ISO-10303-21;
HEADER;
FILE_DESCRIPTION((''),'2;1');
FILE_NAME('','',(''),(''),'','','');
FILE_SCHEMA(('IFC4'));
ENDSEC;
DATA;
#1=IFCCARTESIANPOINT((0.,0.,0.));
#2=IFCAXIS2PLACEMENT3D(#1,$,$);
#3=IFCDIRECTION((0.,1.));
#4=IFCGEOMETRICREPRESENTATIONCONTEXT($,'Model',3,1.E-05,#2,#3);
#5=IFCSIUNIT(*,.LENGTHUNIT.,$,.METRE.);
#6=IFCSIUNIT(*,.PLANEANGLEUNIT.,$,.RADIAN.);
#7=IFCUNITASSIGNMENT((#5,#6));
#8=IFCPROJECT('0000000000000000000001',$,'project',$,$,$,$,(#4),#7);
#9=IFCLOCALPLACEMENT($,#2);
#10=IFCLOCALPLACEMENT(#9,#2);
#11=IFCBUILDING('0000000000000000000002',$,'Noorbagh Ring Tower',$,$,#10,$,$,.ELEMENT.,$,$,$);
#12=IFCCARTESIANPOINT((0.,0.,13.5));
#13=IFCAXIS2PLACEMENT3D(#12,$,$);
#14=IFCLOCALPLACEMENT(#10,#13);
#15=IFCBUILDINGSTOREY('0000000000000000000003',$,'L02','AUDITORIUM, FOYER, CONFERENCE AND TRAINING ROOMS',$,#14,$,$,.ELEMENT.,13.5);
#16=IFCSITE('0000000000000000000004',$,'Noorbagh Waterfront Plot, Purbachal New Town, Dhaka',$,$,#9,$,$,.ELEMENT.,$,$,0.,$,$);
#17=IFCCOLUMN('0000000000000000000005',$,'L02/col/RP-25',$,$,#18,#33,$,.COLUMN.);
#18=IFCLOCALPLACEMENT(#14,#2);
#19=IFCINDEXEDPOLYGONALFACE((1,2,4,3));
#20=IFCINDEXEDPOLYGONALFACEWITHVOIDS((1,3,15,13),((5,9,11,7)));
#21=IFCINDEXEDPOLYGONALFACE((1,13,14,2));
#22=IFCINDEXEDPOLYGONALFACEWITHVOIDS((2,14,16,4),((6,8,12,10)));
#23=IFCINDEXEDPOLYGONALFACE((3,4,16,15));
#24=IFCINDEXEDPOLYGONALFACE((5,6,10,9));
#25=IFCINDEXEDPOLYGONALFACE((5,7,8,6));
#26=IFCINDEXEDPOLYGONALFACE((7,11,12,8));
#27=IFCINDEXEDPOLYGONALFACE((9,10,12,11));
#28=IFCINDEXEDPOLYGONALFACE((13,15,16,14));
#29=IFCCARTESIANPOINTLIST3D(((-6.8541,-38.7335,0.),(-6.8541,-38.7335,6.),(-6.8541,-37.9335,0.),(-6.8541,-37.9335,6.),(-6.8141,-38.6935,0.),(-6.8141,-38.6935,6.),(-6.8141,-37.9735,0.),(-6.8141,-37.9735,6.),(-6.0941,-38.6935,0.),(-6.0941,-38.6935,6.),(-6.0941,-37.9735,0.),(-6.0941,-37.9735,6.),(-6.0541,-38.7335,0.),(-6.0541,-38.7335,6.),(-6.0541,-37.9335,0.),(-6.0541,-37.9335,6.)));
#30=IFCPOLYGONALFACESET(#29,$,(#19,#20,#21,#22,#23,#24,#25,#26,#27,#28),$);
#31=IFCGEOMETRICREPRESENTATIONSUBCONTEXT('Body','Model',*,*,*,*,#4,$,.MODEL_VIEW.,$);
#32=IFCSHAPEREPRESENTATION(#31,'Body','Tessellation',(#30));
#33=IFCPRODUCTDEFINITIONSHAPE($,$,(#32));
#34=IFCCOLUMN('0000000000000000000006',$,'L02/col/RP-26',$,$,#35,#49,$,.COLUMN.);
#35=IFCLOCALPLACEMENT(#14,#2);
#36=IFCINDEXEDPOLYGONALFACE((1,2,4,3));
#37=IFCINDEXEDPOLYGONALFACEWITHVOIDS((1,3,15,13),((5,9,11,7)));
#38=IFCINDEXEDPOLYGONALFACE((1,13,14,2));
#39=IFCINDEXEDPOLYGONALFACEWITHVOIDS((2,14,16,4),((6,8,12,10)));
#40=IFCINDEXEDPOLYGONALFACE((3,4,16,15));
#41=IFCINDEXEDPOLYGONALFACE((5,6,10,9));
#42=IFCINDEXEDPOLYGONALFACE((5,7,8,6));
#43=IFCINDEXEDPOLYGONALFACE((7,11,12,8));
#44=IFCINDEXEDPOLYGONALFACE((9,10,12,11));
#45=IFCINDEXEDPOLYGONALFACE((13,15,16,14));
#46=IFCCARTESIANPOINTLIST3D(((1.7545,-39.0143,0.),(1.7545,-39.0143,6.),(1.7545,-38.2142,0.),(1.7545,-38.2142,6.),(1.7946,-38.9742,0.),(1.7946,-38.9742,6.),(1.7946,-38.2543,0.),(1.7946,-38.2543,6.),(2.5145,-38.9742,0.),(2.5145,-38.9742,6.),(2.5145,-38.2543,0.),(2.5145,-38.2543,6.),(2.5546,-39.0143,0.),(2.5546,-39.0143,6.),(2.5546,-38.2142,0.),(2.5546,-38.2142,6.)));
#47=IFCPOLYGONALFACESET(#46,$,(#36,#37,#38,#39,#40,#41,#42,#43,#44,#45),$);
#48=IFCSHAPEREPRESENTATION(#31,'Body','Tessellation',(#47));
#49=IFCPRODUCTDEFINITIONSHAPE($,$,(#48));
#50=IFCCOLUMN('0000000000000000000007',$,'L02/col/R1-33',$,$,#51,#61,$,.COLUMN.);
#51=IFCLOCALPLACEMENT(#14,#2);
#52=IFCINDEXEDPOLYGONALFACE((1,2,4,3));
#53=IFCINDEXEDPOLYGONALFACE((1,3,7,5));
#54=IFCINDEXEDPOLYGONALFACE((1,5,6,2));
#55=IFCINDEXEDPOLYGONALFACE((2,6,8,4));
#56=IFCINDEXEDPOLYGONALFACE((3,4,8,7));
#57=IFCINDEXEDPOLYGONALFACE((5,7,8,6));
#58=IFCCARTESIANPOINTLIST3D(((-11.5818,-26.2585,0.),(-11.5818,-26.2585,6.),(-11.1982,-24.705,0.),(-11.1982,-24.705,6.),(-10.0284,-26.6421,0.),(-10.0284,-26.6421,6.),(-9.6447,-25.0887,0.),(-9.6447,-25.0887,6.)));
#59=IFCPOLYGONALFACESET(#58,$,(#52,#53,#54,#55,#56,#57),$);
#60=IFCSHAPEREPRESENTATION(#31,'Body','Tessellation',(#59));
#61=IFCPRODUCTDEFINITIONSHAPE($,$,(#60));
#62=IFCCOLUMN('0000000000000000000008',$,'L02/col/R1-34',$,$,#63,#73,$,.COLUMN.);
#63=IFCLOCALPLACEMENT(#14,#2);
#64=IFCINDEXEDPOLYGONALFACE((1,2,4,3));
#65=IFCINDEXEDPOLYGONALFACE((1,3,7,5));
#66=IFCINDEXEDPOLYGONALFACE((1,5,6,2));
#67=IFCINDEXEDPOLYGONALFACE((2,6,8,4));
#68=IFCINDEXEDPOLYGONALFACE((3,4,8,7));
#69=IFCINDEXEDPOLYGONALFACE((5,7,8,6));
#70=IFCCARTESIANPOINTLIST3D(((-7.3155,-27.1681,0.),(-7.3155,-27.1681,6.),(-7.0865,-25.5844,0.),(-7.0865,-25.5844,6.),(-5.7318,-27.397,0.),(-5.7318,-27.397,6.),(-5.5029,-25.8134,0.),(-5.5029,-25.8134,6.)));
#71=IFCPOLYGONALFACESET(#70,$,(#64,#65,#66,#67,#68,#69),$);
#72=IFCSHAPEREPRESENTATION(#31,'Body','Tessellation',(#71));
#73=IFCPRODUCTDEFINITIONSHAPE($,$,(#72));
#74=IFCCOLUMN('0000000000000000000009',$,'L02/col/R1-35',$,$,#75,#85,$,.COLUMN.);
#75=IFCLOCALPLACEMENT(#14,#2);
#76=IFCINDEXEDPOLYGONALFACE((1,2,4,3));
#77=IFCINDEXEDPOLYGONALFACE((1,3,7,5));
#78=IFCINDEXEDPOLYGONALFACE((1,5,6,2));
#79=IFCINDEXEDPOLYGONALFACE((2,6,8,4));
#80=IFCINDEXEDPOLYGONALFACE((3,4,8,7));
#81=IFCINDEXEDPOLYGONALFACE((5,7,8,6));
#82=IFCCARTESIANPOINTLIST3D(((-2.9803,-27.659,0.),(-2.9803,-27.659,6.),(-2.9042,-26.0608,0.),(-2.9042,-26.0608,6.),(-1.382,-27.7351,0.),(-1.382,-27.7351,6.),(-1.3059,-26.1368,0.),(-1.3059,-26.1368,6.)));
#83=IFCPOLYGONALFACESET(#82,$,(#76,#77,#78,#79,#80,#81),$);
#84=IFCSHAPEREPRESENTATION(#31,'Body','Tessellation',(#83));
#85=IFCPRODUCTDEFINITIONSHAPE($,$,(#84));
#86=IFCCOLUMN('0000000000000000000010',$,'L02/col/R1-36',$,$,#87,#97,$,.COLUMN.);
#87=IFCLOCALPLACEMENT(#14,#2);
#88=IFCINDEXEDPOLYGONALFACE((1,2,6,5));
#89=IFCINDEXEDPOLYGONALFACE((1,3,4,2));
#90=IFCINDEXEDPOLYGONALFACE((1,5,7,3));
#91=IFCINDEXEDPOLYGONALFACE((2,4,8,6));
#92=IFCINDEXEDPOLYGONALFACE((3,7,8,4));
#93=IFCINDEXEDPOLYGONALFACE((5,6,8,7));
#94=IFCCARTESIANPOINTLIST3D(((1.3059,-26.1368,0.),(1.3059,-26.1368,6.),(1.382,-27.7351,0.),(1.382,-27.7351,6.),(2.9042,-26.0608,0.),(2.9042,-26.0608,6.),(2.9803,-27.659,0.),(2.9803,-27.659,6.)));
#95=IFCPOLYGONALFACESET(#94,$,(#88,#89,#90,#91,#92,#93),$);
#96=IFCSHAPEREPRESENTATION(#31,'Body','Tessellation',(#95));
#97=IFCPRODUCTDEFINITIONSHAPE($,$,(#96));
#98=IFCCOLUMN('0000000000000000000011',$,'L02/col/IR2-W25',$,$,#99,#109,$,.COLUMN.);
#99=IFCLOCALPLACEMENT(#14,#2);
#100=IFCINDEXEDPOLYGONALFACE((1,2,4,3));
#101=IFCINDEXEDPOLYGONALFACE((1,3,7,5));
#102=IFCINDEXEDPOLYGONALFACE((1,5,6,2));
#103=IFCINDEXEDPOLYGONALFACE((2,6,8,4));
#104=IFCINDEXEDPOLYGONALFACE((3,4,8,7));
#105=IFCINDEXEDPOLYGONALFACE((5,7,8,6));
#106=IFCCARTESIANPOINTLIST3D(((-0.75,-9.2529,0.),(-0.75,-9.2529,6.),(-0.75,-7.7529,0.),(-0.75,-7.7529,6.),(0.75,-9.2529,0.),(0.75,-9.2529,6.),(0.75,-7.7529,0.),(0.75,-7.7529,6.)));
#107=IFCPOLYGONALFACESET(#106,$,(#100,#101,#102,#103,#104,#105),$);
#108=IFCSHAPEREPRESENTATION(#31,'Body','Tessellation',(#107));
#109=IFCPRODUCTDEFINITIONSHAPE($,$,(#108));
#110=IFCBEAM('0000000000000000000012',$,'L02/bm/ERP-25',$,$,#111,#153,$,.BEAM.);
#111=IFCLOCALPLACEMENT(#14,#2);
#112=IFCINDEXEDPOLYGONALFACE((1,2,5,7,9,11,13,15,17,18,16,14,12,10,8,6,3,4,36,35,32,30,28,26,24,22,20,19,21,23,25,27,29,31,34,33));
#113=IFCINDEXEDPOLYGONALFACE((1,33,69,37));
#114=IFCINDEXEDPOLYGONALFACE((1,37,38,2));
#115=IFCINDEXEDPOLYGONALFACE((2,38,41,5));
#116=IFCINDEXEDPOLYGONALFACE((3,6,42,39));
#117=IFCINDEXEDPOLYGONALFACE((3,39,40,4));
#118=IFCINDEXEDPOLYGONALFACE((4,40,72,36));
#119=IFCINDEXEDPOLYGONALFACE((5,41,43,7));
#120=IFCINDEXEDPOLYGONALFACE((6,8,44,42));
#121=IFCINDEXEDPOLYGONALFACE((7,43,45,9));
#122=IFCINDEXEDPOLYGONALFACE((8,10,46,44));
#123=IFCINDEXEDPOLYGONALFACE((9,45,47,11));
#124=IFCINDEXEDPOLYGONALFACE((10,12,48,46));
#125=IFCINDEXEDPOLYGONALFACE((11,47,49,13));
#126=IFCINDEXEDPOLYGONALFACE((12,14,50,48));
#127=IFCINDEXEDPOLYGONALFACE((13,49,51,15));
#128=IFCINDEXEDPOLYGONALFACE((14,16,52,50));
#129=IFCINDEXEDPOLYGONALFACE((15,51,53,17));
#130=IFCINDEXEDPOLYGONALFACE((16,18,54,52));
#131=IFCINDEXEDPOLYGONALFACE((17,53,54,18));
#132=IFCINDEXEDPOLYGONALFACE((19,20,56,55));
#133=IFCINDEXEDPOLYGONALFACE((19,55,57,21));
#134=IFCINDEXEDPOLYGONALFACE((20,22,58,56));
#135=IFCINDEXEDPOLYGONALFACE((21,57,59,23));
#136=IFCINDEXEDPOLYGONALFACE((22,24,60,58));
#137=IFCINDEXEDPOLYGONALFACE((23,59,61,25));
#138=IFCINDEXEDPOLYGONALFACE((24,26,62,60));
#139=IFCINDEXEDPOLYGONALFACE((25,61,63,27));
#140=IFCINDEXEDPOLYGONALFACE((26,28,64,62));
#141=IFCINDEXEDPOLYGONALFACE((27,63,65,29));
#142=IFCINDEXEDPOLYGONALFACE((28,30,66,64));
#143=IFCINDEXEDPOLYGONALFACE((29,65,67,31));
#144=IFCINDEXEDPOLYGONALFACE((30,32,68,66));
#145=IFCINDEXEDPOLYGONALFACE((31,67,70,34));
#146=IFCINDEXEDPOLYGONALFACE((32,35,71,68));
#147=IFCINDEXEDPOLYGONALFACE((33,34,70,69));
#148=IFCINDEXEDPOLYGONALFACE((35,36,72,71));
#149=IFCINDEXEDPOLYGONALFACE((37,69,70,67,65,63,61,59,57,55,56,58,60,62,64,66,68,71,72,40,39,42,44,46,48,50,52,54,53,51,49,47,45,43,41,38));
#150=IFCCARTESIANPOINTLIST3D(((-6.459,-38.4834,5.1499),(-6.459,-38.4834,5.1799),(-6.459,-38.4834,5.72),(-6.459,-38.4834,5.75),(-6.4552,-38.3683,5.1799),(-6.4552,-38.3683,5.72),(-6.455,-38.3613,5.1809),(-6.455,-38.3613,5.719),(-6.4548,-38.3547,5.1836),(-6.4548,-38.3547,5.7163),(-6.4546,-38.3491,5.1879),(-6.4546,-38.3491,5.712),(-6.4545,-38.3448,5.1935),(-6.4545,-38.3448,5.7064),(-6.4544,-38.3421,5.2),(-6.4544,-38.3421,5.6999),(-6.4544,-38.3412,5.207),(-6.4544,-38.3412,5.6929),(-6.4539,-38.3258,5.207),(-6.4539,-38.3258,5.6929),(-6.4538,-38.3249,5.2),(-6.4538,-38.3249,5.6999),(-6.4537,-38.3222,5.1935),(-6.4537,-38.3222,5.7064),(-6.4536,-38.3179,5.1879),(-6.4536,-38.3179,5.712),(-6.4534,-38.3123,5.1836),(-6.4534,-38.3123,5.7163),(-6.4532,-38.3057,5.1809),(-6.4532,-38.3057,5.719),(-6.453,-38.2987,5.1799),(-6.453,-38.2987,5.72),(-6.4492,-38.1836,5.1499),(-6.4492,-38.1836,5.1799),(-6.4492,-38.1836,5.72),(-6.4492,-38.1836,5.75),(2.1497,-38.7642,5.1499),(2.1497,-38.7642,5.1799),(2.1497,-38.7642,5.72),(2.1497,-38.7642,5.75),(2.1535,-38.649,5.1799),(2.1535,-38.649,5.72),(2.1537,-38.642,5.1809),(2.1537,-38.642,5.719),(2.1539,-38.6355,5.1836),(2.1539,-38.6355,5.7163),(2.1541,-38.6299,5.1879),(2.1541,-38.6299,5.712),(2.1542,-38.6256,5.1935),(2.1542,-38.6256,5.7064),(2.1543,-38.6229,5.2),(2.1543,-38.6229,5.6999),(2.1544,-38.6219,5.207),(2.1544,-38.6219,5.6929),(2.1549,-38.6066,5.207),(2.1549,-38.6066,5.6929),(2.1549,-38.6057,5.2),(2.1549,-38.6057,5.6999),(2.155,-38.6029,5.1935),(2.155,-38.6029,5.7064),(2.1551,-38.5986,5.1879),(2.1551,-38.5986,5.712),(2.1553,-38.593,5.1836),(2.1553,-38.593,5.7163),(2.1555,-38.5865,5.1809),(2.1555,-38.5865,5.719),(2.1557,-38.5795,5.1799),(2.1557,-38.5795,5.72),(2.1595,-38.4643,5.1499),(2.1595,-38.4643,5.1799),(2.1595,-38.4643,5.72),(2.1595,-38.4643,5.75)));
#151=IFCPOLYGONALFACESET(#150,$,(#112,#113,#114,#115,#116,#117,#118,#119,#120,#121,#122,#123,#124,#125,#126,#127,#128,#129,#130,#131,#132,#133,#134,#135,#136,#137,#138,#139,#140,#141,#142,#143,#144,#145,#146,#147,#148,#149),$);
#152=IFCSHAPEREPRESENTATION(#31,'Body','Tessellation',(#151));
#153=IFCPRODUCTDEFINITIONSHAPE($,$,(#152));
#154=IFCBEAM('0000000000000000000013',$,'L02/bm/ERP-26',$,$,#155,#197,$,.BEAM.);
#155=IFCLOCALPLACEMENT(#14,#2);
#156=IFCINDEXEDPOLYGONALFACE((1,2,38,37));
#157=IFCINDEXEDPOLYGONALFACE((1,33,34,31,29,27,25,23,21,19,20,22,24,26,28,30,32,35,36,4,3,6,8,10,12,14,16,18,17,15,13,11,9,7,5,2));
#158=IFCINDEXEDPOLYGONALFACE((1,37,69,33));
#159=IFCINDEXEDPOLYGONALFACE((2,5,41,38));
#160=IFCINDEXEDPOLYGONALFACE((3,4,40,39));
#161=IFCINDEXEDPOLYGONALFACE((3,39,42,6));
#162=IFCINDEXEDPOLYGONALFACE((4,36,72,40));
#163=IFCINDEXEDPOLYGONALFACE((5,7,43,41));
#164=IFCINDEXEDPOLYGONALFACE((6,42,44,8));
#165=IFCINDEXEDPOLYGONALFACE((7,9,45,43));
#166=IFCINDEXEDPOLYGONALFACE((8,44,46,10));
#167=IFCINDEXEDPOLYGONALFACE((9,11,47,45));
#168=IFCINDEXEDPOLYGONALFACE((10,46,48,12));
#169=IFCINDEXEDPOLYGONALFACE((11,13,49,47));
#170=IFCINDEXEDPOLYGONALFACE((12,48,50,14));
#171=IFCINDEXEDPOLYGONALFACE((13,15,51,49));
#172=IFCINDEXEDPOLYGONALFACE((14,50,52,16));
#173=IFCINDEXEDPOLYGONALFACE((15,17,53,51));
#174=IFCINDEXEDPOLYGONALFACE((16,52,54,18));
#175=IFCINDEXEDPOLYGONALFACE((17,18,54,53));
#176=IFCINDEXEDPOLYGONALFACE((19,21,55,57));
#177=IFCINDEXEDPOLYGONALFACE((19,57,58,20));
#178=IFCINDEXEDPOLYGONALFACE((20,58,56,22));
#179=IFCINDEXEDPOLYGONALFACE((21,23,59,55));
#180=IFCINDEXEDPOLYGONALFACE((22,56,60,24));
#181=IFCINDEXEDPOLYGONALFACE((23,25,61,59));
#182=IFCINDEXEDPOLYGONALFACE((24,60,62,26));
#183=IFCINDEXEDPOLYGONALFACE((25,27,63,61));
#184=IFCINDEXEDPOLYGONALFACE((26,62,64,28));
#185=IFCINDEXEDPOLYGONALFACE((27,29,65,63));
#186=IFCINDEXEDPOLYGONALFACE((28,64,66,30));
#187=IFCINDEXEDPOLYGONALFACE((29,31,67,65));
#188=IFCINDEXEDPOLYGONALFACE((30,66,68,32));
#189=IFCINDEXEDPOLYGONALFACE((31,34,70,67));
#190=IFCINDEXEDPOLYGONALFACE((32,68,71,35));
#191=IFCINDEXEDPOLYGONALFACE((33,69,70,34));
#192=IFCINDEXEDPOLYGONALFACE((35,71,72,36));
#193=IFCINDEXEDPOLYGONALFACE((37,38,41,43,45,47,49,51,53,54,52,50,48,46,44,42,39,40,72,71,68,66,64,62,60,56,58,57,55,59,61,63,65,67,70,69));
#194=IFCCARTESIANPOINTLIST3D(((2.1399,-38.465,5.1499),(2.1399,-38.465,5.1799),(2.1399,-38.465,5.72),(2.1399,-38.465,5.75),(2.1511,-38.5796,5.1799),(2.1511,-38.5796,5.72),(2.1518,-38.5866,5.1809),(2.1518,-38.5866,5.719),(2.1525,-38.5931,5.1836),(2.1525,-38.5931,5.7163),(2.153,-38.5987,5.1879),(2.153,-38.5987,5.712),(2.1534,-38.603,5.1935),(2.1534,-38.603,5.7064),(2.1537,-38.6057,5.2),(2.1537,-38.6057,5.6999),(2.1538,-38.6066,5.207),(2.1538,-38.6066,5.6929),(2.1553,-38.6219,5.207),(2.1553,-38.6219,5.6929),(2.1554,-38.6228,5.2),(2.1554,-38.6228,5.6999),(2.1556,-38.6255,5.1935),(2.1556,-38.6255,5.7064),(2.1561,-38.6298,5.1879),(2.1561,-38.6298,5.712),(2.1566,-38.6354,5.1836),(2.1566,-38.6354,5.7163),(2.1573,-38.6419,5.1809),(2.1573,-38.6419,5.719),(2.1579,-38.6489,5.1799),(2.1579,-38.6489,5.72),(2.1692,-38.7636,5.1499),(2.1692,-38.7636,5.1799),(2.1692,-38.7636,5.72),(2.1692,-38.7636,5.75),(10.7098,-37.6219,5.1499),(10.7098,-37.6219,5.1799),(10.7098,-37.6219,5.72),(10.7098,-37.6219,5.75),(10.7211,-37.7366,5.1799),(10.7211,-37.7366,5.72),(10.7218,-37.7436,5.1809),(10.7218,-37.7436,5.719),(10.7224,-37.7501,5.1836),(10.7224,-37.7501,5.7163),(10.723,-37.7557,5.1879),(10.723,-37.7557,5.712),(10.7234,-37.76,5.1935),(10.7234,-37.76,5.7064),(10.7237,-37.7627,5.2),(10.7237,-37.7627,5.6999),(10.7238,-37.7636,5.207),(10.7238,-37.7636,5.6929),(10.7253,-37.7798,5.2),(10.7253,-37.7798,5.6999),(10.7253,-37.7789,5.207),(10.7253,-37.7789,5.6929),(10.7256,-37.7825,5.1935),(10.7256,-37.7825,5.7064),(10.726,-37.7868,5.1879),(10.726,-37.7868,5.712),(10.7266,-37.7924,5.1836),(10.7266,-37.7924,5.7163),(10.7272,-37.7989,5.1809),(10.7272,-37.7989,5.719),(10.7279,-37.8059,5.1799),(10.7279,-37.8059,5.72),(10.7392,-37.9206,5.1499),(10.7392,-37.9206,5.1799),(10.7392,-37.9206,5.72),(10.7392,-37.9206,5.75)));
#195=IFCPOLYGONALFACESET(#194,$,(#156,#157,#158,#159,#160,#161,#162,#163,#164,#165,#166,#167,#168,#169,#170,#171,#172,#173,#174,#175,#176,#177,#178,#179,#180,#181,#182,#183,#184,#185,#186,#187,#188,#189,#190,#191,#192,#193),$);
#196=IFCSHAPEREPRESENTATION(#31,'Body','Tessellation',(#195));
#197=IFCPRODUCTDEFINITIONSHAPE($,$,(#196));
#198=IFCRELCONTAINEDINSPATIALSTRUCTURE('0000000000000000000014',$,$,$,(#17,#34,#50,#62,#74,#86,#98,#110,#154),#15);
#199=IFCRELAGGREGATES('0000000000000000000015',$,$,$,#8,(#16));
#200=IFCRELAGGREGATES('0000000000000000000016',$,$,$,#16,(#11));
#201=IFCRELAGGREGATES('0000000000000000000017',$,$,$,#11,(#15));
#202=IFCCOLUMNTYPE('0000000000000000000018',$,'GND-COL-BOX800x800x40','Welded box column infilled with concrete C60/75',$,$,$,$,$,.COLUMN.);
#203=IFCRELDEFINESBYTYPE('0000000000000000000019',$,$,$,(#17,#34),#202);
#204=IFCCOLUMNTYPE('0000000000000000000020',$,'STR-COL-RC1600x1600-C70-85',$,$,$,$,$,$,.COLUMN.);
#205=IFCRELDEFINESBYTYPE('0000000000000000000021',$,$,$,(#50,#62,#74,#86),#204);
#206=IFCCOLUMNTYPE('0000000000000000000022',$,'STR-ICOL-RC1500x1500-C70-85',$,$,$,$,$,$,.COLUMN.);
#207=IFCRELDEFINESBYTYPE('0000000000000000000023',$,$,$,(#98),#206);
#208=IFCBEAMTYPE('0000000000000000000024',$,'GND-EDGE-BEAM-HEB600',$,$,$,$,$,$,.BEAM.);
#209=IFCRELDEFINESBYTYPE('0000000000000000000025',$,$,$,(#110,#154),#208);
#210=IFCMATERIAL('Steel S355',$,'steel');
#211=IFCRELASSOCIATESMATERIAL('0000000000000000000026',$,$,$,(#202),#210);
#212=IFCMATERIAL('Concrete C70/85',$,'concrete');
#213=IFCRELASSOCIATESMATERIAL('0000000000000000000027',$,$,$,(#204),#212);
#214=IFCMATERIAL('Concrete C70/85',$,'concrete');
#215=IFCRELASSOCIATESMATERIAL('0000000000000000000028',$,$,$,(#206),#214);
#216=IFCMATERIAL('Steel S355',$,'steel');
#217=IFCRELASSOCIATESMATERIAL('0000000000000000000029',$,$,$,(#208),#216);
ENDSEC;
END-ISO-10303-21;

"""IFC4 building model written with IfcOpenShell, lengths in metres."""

from ifc_helpers import new_model, si_unit, direction, frame, origin, origin_2d, place, context, subcontext, project, spatial, rectangle, hollow_rectangle, i_section, extrude, material, material_profile, profile_set, type_object, element, save


model = new_model("IFC4")

# Units and contexts
model_context = context("Model", 3, precision=1e-05, world=origin(), true_north=direction((0.0, 1.0)))
body_context = subcontext(model_context, "Body", "Model", "MODEL_VIEW")
ifc_project = project(units=[si_unit("LENGTHUNIT", "METRE"), si_unit("PLANEANGLEUNIT", "RADIAN")], contexts=[model_context])

# Site, building, storey
site_placement = place(None, origin())
site = spatial("IfcSite", under=ifc_project, at=site_placement, Name="Noorbagh Waterfront Plot, Purbachal New Town, Dhaka", CompositionType="ELEMENT", RefElevation=0.0)
building_placement = place(site_placement, origin())
building = spatial("IfcBuilding", under=site, at=building_placement, Name="Noorbagh Ring Tower", CompositionType="ELEMENT")
storey_placement = place(building_placement, frame((0.0, 0.0, 13.5)))
storey = spatial("IfcBuildingStorey", under=building, at=storey_placement, Name="L02", Description="AUDITORIUM, FOYER, CONFERENCE AND TRAINING ROOMS", CompositionType="ELEMENT", Elevation=13.5)

# Columns
ifc_material_1 = material(Name="Steel S355", Category="steel")
ifc_material_profile_1 = material_profile(ifc_material_1, hollow_rectangle(XDim=0.8, YDim=0.8, WallThickness=0.04, at=origin_2d()), Name="BOX800x800x40")
ifc_profile_set_1 = profile_set([ifc_material_profile_1], Name="Steel S355")
column_type_1 = type_object("IfcColumnType", Name="GND-COL-BOX800x800x40", Description="Welded box column infilled with concrete C60/75", PredefinedType="COLUMN", material=ifc_profile_set_1)
for number, where, z_axis, x_axis, name in (
    (1, (-6.4541, -38.3335, 0.0), (0.0, 0.0, 1.0), (1.0, 0.0, 0.0), "L02/col/RP-25"),
    (2, (2.1545, -38.6143, 0.0), (0.0, 0.0, 1.0), (1.0, 0.0, 0.0), "L02/col/RP-26"),
):
    element("IfcColumn", number, at=place(storey_placement, frame(where, z_axis=z_axis, x_axis=x_axis)), inside=storey, type_object=column_type_1, Name=name, PredefinedType="COLUMN", context=body_context, shape_type="SweptSolid", body=[
        extrude(hollow_rectangle(XDim=0.8, YDim=0.8, WallThickness=0.04, at=origin_2d()), origin(), (0.0, 0.0, 1.0), 6.0),
    ])
ifc_material_2 = material(Name="Concrete C70/85", Category="concrete")
ifc_material_profile_2 = material_profile(ifc_material_2, rectangle(XDim=1.6001, YDim=1.6001, at=origin_2d()), Name="RC1600x1600")
ifc_profile_set_2 = profile_set([ifc_material_profile_2], Name="Concrete C70/85")
column_type_2 = type_object("IfcColumnType", Name="STR-COL-RC1600x1600-C70-85", PredefinedType="COLUMN", material=ifc_profile_set_2)
for number, where, z_axis, x_axis, name in (
    (3, (-10.6133, -25.6736, 0.0), (0.0, 0.0, 1.0), (0.970829, -0.239771, 0.0), "L02/col/R1-33"),
    (4, (-6.4092, -26.4907, 0.0), (0.0, 0.0, 1.0), (0.989713, -0.143066, 0.0), "L02/col/R1-34"),
    (5, (-2.1431, -26.8979, 0.0), (0.0, 0.0, 1.0), (0.998869, -0.047553, 0.0), "L02/col/R1-35"),
    (6, (2.1431, -26.8979, 0.0), (0.0, 0.0, 1.0), (0.998869, 0.047553, 0.0), "L02/col/R1-36"),
):
    element("IfcColumn", number, at=place(storey_placement, frame(where, z_axis=z_axis, x_axis=x_axis)), inside=storey, type_object=column_type_2, Name=name, PredefinedType="COLUMN", context=body_context, shape_type="SweptSolid", body=[
        extrude(rectangle(XDim=1.6001, YDim=1.6001, at=origin_2d()), origin(), (0.0, 0.0, 1.0), 6.0),
    ])
ifc_material_3 = material(Name="Concrete C70/85", Category="concrete")
ifc_material_profile_3 = material_profile(ifc_material_3, rectangle(XDim=1.5, YDim=1.5, at=origin_2d()), Name="RC1500x1500")
ifc_profile_set_3 = profile_set([ifc_material_profile_3], Name="Concrete C70/85")
column_type_3 = type_object("IfcColumnType", Name="STR-ICOL-RC1500x1500-C70-85", PredefinedType="COLUMN", material=ifc_profile_set_3)
column_placement = place(storey_placement, frame((0.0, -8.5029, 0.0), z_axis=(0.0, 0.0, 1.0), x_axis=(1.0, 0.0, 0.0)))
element("IfcColumn", 7, at=column_placement, inside=storey, type_object=column_type_3, Name="L02/col/IR2-W25", PredefinedType="COLUMN", context=body_context, shape_type="SweptSolid", body=[
    extrude(rectangle(XDim=1.5, YDim=1.5, at=origin_2d()), origin(), (0.0, 0.0, 1.0), 6.0),
])

# Beams
ifc_material_4 = material(Name="Steel S355", Category="steel")
ifc_material_profile_4 = material_profile(ifc_material_4, i_section(OverallWidth=0.3, OverallDepth=0.6001, WebThickness=0.0154, FlangeThickness=0.03, FilletRadius=0.0271, at=origin_2d()), Name="HEB600")
ifc_profile_set_4 = profile_set([ifc_material_profile_4], Name="Steel S355")
beam_type_1 = type_object("IfcBeamType", Name="GND-EDGE-BEAM-HEB600", PredefinedType="BEAM", material=ifc_profile_set_4)
beam_1_placement = place(storey_placement, frame((-6.4541, -38.3335, 5.45), z_axis=(0.999469, -0.032597, 0.0), x_axis=(0.032597, 0.999469, 0.0)))
element("IfcBeam", 8, at=beam_1_placement, inside=storey, type_object=beam_type_1, Name="L02/bm/ERP-25", PredefinedType="BEAM", context=body_context, shape_type="SweptSolid", body=[
    extrude(i_section(OverallWidth=0.3, OverallDepth=0.6001, WebThickness=0.0154, FlangeThickness=0.03, FilletRadius=0.0271, at=origin_2d()), origin(), (0.0, 0.0, 1.0), 8.6133),
])
beam_2_placement = place(storey_placement, frame((2.1545, -38.6143, 5.45), z_axis=(0.995197, 0.097895, 0.0), x_axis=(-0.097895, 0.995197, 0.0)))
element("IfcBeam", 9, at=beam_2_placement, inside=storey, type_object=beam_type_1, Name="L02/bm/ERP-26", PredefinedType="BEAM", context=body_context, shape_type="SweptSolid", body=[
    extrude(i_section(OverallWidth=0.3, OverallDepth=0.6001, WebThickness=0.0154, FlangeThickness=0.03, FilletRadius=0.0271, at=origin_2d()), origin(), (0.0, 0.0, 1.0), 8.6113),
])

save(model, "model.ifc")
